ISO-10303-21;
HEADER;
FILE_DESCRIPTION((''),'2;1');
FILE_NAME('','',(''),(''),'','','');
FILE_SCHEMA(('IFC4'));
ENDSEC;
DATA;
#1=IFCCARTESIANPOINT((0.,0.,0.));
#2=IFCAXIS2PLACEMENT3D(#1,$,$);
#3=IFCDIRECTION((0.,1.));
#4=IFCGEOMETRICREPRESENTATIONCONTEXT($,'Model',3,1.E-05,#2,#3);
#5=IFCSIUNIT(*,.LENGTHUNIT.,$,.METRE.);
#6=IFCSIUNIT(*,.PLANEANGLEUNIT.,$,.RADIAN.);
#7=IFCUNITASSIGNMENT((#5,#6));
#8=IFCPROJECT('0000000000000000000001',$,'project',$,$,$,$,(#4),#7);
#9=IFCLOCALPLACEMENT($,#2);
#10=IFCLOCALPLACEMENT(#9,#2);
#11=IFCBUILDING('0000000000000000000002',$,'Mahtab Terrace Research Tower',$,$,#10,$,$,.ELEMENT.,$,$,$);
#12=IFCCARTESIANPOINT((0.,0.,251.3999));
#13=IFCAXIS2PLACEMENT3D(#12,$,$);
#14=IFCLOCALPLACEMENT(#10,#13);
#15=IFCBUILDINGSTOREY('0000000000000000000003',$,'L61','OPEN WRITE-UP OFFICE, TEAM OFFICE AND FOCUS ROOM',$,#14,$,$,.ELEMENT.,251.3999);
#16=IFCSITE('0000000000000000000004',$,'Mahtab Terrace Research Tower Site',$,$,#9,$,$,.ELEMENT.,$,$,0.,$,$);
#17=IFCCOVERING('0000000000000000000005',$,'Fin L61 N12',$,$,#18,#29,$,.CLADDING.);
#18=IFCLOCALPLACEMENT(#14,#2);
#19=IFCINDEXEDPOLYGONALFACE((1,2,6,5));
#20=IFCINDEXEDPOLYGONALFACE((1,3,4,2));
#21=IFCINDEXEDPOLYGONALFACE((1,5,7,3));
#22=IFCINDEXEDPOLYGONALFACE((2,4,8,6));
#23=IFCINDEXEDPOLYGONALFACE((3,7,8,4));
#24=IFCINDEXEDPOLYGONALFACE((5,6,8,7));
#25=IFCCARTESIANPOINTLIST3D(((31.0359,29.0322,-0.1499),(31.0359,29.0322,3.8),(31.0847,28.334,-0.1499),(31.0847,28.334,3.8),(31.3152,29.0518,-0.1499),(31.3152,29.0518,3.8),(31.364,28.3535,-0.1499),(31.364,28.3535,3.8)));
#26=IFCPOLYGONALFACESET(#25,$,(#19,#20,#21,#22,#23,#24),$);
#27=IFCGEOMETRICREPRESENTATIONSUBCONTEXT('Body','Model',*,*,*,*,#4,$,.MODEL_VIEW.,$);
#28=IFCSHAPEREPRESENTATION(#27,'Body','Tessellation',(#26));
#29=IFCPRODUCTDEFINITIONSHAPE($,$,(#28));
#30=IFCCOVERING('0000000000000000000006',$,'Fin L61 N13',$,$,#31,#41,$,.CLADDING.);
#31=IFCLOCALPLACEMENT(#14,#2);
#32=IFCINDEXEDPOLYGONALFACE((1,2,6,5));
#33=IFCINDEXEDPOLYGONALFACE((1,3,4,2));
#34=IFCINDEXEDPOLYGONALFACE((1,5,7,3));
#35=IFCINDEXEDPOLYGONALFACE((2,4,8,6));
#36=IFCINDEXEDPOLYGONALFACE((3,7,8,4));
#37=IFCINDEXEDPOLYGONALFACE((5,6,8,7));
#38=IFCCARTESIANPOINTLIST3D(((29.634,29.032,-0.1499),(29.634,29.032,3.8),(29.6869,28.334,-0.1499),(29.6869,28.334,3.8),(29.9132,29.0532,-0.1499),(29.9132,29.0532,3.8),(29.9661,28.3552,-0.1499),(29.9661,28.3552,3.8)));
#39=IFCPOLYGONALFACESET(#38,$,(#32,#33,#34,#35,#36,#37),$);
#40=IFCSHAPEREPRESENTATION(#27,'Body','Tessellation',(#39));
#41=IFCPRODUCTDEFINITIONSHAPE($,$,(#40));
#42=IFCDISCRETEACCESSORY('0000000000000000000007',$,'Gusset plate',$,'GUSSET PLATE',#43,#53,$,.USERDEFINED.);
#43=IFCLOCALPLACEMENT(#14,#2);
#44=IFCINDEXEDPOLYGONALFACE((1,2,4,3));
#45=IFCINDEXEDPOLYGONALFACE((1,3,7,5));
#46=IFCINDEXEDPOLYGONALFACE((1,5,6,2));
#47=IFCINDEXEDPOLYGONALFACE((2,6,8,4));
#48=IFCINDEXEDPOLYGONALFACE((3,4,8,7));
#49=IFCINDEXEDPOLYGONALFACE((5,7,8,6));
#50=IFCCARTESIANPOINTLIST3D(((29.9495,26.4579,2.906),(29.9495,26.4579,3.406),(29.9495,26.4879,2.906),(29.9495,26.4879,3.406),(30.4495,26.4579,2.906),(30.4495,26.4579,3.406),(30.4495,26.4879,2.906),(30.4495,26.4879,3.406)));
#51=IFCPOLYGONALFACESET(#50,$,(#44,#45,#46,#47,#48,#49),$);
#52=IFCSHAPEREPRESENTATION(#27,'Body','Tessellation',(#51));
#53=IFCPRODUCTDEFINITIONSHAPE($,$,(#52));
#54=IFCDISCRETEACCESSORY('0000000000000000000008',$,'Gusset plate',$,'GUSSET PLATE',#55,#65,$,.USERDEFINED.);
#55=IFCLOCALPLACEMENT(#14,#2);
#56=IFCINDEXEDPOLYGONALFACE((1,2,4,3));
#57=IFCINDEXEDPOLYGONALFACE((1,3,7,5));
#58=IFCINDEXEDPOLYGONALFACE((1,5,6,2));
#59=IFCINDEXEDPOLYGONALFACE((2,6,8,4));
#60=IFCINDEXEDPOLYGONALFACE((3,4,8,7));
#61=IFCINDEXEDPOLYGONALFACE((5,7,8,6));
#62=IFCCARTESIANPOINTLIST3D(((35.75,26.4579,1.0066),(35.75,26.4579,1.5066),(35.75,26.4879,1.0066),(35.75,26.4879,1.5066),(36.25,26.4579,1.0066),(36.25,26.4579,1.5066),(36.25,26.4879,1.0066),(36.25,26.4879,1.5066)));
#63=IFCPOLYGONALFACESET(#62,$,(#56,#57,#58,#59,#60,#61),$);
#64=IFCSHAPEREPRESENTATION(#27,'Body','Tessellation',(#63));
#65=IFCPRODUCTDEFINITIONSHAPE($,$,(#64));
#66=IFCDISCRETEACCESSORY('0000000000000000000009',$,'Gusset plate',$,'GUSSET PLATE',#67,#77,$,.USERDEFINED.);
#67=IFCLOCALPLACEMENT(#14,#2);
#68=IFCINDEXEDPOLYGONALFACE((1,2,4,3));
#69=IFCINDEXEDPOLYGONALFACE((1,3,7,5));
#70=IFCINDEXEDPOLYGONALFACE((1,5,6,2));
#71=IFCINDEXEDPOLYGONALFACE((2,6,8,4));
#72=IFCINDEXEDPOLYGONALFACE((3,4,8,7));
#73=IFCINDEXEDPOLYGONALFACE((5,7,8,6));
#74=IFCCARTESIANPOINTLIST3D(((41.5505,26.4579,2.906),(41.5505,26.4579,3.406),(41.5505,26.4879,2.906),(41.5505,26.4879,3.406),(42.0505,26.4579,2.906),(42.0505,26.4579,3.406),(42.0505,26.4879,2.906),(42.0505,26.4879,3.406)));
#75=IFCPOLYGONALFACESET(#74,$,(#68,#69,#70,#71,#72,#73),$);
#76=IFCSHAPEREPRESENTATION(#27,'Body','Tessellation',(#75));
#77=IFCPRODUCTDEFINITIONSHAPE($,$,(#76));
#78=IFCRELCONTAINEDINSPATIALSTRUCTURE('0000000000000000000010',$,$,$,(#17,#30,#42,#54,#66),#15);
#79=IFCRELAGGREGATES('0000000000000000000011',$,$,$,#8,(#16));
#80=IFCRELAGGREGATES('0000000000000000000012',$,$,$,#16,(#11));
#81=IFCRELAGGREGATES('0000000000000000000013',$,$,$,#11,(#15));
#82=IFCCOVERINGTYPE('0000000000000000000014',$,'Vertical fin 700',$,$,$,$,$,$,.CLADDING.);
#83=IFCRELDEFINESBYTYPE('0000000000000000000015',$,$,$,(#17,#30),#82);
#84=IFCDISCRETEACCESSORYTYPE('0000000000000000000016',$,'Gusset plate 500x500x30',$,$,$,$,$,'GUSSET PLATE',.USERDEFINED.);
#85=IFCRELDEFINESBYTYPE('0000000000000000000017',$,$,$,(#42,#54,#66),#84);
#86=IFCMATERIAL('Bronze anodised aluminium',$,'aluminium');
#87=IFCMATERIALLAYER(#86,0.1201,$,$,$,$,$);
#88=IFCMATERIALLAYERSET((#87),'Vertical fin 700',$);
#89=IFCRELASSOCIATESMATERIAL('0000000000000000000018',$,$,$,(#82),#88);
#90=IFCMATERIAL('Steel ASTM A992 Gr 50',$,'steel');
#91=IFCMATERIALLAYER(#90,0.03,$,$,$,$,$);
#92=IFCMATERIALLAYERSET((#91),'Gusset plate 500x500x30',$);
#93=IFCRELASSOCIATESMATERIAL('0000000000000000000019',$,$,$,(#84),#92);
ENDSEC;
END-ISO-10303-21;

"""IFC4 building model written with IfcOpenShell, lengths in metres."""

from ifc_helpers import new_model, si_unit, direction, frame, origin, origin_2d, place, context, subcontext, project, spatial, rectangle, extrude, material, layer, layer_set, type_object, element, save


model = new_model("IFC4")

# Units and contexts
model_context = context("Model", 3, precision=1e-05, world=origin(), true_north=direction((0.0, 1.0)))
body_context = subcontext(model_context, "Body", "Model", "MODEL_VIEW")
ifc_project = project(units=[si_unit("LENGTHUNIT", "METRE"), si_unit("PLANEANGLEUNIT", "RADIAN")], contexts=[model_context])

# Site, building, storey
site_placement = place(None, origin())
site = spatial("IfcSite", under=ifc_project, at=site_placement, Name="Mahtab Terrace Research Tower Site", CompositionType="ELEMENT", RefElevation=0.0)
building_placement = place(site_placement, origin())
building = spatial("IfcBuilding", under=site, at=building_placement, Name="Mahtab Terrace Research Tower", CompositionType="ELEMENT")
storey_placement = place(building_placement, frame((0.0, 0.0, 251.3999)))
storey = spatial("IfcBuildingStorey", under=building, at=storey_placement, Name="L61", Description="OPEN WRITE-UP OFFICE, TEAM OFFICE AND FOCUS ROOM", CompositionType="ELEMENT", Elevation=251.3999)

# Shared definitions
ifc_material_1 = material(Name="Steel ASTM A992 Gr 50", Category="steel")

# Coverings
ifc_material_2 = material(Name="Bronze anodised aluminium", Category="aluminium")
ifc_layer_1 = layer(ifc_material_2, 0.1201)
ifc_layer_set_1 = layer_set([ifc_layer_1], Name="Vertical fin 700")
covering_type_1 = type_object("IfcCoveringType", Name="Vertical fin 700", PredefinedType="CLADDING", material=ifc_layer_set_1)
for number, where, z_axis, x_axis, name in (
    (1, (31.2, 28.6929, -0.1499), (0.0, 0.0, 1.0), (-0.997564, -0.069756, 0.0), "Fin L61 N12"),
    (2, (29.8, 28.6936, -0.1499), (0.0, 0.0, 1.0), (-0.997141, -0.075559, 0.0), "Fin L61 N13"),
):
    element("IfcCovering", number, at=place(storey_placement, frame(where, z_axis=z_axis, x_axis=x_axis)), inside=storey, type_object=covering_type_1, Name=name, PredefinedType="CLADDING", context=body_context, shape_type="SweptSolid", body=[
        extrude(rectangle(XDim=0.28, YDim=0.7, at=origin_2d()), origin(), (0.0, 0.0, 1.0), 3.95),
    ])

# Discrete accessories
ifc_layer_2 = layer(ifc_material_1, 0.03)
ifc_layer_set_2 = layer_set([ifc_layer_2], Name="Gusset plate 500x500x30")
discrete_accessory_type = type_object("IfcDiscreteAccessoryType", Name="Gusset plate 500x500x30", ElementType="GUSSET PLATE", PredefinedType="USERDEFINED", material=ifc_layer_set_2)
for number, where, z_axis, x_axis, name in (
    (3, (30.1995, 26.4729, 2.906), (0.0, 0.0, 1.0), (1.0, 0.0, 0.0), "Gusset plate"),
    (4, (36.0, 26.4729, 1.0066), (0.0, 0.0, 1.0), (1.0, 0.0, 0.0), "Gusset plate"),
    (5, (41.8005, 26.4729, 2.906), (0.0, 0.0, 1.0), (1.0, 0.0, 0.0), "Gusset plate"),
):
    element("IfcDiscreteAccessory", number, at=place(storey_placement, frame(where, z_axis=z_axis, x_axis=x_axis)), inside=storey, type_object=discrete_accessory_type, Name=name, ObjectType="GUSSET PLATE", PredefinedType="USERDEFINED", context=body_context, shape_type="SweptSolid", body=[
        extrude(rectangle(XDim=0.5, YDim=0.03, at=origin_2d()), origin(), (0.0, 0.0, 1.0), 0.5),
    ])

save(model, "model.ifc")
